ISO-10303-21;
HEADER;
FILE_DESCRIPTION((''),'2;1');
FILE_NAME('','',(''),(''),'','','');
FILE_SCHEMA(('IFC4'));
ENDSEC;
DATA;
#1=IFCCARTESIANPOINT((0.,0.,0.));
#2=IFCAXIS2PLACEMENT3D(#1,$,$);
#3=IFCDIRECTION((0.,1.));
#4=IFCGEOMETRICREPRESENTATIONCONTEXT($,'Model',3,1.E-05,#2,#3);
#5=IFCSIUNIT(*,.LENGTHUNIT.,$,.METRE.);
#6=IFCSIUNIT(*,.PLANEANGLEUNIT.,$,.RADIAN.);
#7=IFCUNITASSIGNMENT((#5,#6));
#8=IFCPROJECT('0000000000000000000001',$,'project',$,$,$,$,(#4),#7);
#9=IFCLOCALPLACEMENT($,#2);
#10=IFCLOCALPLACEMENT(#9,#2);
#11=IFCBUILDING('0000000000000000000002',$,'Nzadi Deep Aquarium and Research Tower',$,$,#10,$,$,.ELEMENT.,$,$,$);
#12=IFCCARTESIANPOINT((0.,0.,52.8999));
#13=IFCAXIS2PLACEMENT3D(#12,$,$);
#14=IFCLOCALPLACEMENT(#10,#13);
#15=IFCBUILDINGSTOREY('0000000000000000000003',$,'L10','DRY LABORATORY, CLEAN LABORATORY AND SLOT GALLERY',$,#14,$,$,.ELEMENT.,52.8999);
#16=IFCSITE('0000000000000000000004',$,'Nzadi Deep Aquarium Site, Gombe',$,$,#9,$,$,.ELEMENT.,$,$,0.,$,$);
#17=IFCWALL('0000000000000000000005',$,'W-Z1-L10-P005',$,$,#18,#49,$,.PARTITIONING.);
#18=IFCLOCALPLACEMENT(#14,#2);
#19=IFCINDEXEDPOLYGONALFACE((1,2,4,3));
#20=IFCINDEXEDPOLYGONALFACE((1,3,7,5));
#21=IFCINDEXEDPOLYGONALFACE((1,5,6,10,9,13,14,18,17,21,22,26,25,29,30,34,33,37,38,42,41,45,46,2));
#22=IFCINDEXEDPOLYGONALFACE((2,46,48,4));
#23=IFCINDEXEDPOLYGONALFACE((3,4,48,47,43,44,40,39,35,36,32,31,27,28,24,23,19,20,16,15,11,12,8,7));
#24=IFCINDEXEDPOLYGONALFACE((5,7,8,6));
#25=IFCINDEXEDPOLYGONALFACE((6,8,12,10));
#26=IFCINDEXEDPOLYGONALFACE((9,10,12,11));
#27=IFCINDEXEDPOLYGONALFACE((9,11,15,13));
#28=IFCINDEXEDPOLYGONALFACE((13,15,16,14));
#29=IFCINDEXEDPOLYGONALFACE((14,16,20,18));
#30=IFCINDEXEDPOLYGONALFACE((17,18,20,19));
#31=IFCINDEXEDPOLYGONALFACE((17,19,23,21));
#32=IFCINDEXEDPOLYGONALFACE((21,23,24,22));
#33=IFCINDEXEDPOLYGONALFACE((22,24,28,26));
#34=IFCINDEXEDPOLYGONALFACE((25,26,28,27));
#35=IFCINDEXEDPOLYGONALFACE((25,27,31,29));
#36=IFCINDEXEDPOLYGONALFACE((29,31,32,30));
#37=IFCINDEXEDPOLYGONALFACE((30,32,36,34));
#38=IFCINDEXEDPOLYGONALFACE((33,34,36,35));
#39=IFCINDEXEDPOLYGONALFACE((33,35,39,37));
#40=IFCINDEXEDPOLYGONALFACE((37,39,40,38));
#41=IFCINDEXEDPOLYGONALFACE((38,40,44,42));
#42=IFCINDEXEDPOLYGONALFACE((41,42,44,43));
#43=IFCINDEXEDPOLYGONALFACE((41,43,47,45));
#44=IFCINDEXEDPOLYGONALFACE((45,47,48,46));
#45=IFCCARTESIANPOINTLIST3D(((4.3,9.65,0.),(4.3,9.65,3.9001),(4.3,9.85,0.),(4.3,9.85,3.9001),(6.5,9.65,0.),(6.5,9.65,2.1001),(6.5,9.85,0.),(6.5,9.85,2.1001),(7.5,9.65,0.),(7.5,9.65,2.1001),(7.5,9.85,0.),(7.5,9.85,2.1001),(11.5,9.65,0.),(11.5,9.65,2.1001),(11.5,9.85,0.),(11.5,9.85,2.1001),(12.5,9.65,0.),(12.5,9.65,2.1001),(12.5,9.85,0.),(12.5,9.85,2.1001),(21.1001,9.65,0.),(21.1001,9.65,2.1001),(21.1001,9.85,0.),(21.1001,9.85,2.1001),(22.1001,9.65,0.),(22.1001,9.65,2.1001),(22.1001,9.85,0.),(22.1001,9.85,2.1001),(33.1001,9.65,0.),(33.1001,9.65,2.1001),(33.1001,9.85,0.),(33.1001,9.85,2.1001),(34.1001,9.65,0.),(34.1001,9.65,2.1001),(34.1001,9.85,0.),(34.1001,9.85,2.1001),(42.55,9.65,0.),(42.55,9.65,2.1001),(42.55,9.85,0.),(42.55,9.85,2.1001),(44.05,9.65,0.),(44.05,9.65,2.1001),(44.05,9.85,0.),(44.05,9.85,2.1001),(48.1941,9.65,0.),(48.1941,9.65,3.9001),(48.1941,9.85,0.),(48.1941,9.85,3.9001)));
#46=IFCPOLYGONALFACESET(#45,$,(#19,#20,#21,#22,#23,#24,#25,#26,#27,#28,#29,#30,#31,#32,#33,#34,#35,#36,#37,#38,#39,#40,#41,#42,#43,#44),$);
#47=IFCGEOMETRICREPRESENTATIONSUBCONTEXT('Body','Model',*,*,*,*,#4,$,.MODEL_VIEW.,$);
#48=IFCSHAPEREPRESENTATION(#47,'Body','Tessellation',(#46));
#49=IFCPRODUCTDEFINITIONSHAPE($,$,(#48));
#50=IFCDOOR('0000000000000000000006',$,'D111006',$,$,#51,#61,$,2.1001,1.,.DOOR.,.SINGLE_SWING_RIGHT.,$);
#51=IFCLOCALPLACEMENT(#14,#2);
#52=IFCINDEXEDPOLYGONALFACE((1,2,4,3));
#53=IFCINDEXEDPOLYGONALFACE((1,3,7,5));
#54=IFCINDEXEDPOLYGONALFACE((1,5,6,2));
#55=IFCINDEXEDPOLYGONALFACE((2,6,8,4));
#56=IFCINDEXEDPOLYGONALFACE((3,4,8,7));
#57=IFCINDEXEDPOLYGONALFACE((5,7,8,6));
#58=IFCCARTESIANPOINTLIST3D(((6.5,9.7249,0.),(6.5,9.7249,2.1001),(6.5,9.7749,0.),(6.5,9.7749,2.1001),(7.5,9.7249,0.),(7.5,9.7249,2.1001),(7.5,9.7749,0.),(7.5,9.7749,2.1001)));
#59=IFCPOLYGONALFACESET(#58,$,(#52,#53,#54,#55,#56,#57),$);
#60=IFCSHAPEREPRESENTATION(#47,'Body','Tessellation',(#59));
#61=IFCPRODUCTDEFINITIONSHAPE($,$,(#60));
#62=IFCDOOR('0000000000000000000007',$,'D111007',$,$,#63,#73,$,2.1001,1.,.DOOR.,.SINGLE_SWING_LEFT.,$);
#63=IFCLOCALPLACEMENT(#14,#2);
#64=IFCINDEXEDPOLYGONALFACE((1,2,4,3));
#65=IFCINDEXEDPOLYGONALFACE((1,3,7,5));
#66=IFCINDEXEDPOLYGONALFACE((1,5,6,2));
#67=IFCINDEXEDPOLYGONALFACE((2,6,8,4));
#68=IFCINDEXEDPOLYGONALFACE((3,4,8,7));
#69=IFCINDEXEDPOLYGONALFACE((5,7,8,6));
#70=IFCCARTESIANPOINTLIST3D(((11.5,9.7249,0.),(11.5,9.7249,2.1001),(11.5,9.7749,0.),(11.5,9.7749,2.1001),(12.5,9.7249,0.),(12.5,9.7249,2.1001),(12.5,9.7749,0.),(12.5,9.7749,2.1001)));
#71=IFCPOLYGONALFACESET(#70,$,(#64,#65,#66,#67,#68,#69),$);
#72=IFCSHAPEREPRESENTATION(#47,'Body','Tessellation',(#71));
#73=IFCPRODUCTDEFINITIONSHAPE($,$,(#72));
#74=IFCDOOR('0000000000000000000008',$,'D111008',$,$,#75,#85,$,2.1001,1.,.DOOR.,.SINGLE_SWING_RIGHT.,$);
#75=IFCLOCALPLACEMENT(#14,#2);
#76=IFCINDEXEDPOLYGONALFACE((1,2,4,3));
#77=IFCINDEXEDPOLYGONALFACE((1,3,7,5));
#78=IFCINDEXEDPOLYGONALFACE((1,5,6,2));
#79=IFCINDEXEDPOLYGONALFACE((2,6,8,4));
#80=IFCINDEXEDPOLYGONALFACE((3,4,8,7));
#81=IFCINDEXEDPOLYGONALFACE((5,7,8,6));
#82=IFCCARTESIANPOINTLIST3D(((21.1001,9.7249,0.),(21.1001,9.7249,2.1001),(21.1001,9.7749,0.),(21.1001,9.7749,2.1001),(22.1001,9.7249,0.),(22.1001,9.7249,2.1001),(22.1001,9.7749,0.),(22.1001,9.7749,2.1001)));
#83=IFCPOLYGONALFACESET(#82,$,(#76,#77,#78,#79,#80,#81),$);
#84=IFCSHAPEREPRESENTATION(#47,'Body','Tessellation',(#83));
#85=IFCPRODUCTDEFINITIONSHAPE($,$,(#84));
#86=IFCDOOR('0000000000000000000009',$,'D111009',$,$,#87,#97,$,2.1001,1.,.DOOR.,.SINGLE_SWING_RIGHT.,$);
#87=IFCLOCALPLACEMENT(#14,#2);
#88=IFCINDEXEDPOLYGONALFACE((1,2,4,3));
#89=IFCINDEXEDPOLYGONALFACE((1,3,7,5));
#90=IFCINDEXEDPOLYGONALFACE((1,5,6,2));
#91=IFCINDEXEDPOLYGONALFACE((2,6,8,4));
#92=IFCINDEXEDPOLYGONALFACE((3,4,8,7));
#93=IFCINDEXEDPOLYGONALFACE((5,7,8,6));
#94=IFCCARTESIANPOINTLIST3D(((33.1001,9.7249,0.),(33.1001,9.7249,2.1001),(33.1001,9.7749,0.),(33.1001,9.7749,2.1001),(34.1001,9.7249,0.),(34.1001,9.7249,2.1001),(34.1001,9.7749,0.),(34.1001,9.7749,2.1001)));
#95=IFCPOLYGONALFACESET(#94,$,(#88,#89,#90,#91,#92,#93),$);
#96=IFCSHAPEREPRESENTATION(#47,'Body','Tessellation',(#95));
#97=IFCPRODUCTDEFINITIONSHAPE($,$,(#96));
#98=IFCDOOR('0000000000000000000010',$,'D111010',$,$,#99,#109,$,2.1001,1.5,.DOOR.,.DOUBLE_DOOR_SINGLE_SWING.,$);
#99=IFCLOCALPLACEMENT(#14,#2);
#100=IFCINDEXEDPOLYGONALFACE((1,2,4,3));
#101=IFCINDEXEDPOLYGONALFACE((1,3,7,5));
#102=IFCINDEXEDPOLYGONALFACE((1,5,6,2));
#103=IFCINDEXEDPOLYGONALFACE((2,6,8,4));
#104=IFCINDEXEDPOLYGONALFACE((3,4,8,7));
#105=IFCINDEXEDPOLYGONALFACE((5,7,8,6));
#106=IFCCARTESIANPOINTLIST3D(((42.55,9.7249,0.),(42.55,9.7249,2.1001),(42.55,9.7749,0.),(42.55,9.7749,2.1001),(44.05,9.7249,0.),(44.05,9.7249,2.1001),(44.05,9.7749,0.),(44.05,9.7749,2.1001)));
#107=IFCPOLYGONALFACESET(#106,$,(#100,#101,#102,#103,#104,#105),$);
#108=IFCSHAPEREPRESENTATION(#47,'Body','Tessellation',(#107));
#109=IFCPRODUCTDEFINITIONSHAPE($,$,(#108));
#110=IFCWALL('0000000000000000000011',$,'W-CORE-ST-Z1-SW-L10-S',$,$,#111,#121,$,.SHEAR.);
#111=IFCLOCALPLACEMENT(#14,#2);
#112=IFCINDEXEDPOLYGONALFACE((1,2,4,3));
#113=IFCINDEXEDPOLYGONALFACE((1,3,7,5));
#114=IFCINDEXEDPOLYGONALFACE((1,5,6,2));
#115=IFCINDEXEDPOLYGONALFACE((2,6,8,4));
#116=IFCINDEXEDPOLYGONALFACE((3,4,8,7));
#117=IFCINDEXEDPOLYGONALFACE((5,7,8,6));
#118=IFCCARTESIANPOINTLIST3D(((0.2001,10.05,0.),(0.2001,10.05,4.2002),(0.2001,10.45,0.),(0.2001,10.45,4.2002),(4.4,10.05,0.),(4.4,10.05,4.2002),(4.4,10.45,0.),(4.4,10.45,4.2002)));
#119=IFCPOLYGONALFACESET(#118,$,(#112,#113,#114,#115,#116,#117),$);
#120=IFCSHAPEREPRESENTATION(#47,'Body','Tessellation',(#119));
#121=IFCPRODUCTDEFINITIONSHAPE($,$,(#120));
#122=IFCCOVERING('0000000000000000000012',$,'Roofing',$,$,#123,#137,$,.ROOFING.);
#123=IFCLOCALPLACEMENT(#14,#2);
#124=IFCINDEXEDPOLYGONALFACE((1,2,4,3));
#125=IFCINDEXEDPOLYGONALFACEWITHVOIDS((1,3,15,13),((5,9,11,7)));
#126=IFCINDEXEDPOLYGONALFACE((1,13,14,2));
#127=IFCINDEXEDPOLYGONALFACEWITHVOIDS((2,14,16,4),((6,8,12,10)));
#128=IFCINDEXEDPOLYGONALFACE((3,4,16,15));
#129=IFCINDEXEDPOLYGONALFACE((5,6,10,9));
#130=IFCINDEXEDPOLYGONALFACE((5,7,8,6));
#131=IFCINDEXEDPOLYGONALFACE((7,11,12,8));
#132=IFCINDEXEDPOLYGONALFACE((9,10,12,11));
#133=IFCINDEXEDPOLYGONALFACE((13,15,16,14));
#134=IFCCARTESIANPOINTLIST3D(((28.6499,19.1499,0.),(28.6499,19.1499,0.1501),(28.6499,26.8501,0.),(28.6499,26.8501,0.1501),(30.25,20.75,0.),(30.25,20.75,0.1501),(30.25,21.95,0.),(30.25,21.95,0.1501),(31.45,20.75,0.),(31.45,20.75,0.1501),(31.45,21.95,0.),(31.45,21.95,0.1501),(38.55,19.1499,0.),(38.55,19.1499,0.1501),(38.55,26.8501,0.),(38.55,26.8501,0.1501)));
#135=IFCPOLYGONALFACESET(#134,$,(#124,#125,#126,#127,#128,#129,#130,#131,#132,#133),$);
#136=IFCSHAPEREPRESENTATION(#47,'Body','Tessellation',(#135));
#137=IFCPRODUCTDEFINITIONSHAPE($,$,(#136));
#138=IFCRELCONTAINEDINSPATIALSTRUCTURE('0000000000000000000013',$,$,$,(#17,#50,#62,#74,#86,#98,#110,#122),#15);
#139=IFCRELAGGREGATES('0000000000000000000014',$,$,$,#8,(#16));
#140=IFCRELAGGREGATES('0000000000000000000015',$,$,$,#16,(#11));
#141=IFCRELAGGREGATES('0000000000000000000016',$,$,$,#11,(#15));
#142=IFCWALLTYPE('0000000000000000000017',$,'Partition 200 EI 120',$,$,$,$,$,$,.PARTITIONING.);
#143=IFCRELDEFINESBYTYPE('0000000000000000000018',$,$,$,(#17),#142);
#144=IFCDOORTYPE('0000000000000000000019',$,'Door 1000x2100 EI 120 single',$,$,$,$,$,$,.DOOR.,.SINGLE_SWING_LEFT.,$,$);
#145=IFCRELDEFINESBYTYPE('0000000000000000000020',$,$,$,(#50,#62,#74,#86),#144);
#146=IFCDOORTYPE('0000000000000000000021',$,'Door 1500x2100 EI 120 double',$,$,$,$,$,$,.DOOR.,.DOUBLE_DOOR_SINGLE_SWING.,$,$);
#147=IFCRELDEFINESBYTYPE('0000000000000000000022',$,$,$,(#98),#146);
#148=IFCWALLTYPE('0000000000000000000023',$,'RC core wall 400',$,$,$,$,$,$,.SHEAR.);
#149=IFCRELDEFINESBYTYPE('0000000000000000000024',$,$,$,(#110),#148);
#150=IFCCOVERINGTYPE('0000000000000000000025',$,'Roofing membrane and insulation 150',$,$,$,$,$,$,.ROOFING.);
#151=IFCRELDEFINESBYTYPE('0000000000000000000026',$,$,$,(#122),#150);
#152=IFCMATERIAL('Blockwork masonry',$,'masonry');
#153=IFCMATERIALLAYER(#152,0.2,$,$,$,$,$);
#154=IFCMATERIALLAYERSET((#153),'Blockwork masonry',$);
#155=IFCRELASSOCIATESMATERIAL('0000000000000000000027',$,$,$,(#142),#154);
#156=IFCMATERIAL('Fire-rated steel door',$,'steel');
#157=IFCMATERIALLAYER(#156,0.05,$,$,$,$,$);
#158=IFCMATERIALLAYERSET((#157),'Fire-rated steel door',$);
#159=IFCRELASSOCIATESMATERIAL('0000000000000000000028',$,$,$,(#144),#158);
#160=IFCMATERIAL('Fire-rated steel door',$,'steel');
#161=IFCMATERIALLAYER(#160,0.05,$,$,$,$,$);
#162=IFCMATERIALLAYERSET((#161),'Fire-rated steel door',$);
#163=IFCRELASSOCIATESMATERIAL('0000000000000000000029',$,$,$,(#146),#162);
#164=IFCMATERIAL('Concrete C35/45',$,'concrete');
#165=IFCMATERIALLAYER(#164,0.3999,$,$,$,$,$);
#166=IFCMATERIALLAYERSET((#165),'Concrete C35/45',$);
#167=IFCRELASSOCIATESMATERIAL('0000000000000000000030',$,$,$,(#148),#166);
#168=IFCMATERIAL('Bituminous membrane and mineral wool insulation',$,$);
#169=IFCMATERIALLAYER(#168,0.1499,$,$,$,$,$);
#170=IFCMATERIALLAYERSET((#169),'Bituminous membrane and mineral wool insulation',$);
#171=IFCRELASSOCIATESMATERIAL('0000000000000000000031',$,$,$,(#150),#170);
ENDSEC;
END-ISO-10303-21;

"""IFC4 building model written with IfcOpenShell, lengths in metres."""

from ifc_helpers import new_model, si_unit, direction, frame, frame_2d, origin, place, context, subcontext, project, spatial, polyline, rectangle, outline, extrude, material, layer, layer_set, type_object, element, fill, save


model = new_model("IFC4")

# Units and contexts
model_context = context("Model", 3, precision=1e-05, world=origin(), true_north=direction((0.0, 1.0)))
body_context = subcontext(model_context, "Body", "Model", "MODEL_VIEW")
ifc_project = project(units=[si_unit("LENGTHUNIT", "METRE"), si_unit("PLANEANGLEUNIT", "RADIAN")], contexts=[model_context])

# Site, building, storey
site_placement = place(None, origin())
site = spatial("IfcSite", under=ifc_project, at=site_placement, Name="Nzadi Deep Aquarium Site, Gombe", CompositionType="ELEMENT", RefElevation=0.0)
building_placement = place(site_placement, origin())
building = spatial("IfcBuilding", under=site, at=building_placement, Name="Nzadi Deep Aquarium and Research Tower", CompositionType="ELEMENT")
storey_placement = place(building_placement, frame((0.0, 0.0, 52.8999)))
storey = spatial("IfcBuildingStorey", under=building, at=storey_placement, Name="L10", Description="DRY LABORATORY, CLEAN LABORATORY AND SLOT GALLERY", CompositionType="ELEMENT", Elevation=52.8999)

# Wall, openings, doors
ifc_material_1 = material(Name="Blockwork masonry", Category="masonry")
ifc_layer_1 = layer(ifc_material_1, 0.2)
ifc_layer_set_1 = layer_set([ifc_layer_1], Name="Blockwork masonry")
wall_type_1 = type_object("IfcWallType", Name="Partition 200 EI 120", PredefinedType="PARTITIONING", material=ifc_layer_set_1)
wall_1_placement = place(storey_placement, frame((4.3, 9.75, 0.0), z_axis=(0.0, 0.0, 1.0), x_axis=(1.0, 0.0, 0.0)))
wall_1 = element("IfcWall", 1, at=wall_1_placement, inside=storey, type_object=wall_type_1, Name="W-Z1-L10-P005", PredefinedType="PARTITIONING", context=body_context, shape_type="SweptSolid", body=[
    extrude(rectangle(XDim=43.894, YDim=0.2, at=frame_2d((21.947, 0.0))), origin(), (0.0, 0.0, 1.0), 3.9001),
])
opening_1_placement = place(wall_1_placement, frame((2.2, 0.0, 0.0)))
opening_1 = element("IfcOpeningElement", 2, at=opening_1_placement, cuts=wall_1, PredefinedType="OPENING", context=body_context, shape_type="SweptSolid", body=[
    extrude(rectangle(XDim=1.0, YDim=2.1001, at=frame_2d((0.5, 1.05))), frame((0.0, 0.1101, 0.0), z_axis=(0.0, -1.0, 0.0), x_axis=(1.0, 0.0, 0.0)), (0.0, 0.0, 1.0), 0.2202),
])
opening_2_placement = place(wall_1_placement, frame((7.2, 0.0, 0.0)))
opening_2 = element("IfcOpeningElement", 3, at=opening_2_placement, cuts=wall_1, PredefinedType="OPENING", context=body_context, shape_type="SweptSolid", body=[
    extrude(rectangle(XDim=1.0, YDim=2.1001, at=frame_2d((0.5, 1.05))), frame((0.0, 0.1101, 0.0), z_axis=(0.0, -1.0, 0.0), x_axis=(1.0, 0.0, 0.0)), (0.0, 0.0, 1.0), 0.2202),
])
opening_3_placement = place(wall_1_placement, frame((16.8, 0.0, 0.0)))
opening_3 = element("IfcOpeningElement", 4, at=opening_3_placement, cuts=wall_1, PredefinedType="OPENING", context=body_context, shape_type="SweptSolid", body=[
    extrude(rectangle(XDim=1.0, YDim=2.1001, at=frame_2d((0.5, 1.05))), frame((0.0, 0.1101, 0.0), z_axis=(0.0, -1.0, 0.0), x_axis=(1.0, 0.0, 0.0)), (0.0, 0.0, 1.0), 0.2202),
])
opening_4_placement = place(wall_1_placement, frame((28.8, 0.0, 0.0)))
opening_4 = element("IfcOpeningElement", 5, at=opening_4_placement, cuts=wall_1, PredefinedType="OPENING", context=body_context, shape_type="SweptSolid", body=[
    extrude(rectangle(XDim=1.0, YDim=2.1001, at=frame_2d((0.5, 1.05))), frame((0.0, 0.1101, 0.0), z_axis=(0.0, -1.0, 0.0), x_axis=(1.0, 0.0, 0.0)), (0.0, 0.0, 1.0), 0.2202),
])
opening_5_placement = place(wall_1_placement, frame((38.25, 0.0, 0.0)))
opening_5 = element("IfcOpeningElement", 6, at=opening_5_placement, cuts=wall_1, PredefinedType="OPENING", context=body_context, shape_type="SweptSolid", body=[
    extrude(rectangle(XDim=1.5, YDim=2.1001, at=frame_2d((0.75, 1.05))), frame((0.0, 0.1101, 0.0), z_axis=(0.0, -1.0, 0.0), x_axis=(1.0, 0.0, 0.0)), (0.0, 0.0, 1.0), 0.2202),
])
ifc_material_2 = material(Name="Fire-rated steel door", Category="steel")
ifc_layer_2 = layer(ifc_material_2, 0.05)
ifc_layer_set_2 = layer_set([ifc_layer_2], Name="Fire-rated steel door")
door_type_1 = type_object("IfcDoorType", Name="Door 1000x2100 EI 120 single", OperationType="SINGLE_SWING_LEFT", PredefinedType="DOOR", material=ifc_layer_set_2)
door_1_placement = place(opening_1_placement, origin())
door_1 = element("IfcDoor", 7, at=door_1_placement, inside=storey, type_object=door_type_1, Name="D111006", OperationType="SINGLE_SWING_RIGHT", OverallHeight=2.1001, OverallWidth=1.0, PredefinedType="DOOR", context=body_context, shape_type="SweptSolid", body=[
    extrude(rectangle(XDim=1.0, YDim=2.1001, at=frame_2d((0.5, 1.05))), frame((0.0, 0.0249, 0.0), z_axis=(0.0, -1.0, 0.0), x_axis=(1.0, 0.0, 0.0)), (0.0, 0.0, 1.0), 0.05),
])
fill(opening_1, door_1)
door_2_placement = place(opening_2_placement, origin())
door_2 = element("IfcDoor", 8, at=door_2_placement, inside=storey, type_object=door_type_1, Name="D111007", OperationType="SINGLE_SWING_LEFT", OverallHeight=2.1001, OverallWidth=1.0, PredefinedType="DOOR", context=body_context, shape_type="SweptSolid", body=[
    extrude(rectangle(XDim=1.0, YDim=2.1001, at=frame_2d((0.5, 1.05))), frame((0.0, 0.0249, 0.0), z_axis=(0.0, -1.0, 0.0), x_axis=(1.0, 0.0, 0.0)), (0.0, 0.0, 1.0), 0.05),
])
fill(opening_2, door_2)
door_3_placement = place(opening_3_placement, origin())
door_3 = element("IfcDoor", 9, at=door_3_placement, inside=storey, type_object=door_type_1, Name="D111008", OperationType="SINGLE_SWING_RIGHT", OverallHeight=2.1001, OverallWidth=1.0, PredefinedType="DOOR", context=body_context, shape_type="SweptSolid", body=[
    extrude(rectangle(XDim=1.0, YDim=2.1001, at=frame_2d((0.5, 1.05))), frame((0.0, 0.0249, 0.0), z_axis=(0.0, -1.0, 0.0), x_axis=(1.0, 0.0, 0.0)), (0.0, 0.0, 1.0), 0.05),
])
fill(opening_3, door_3)
door_4_placement = place(opening_4_placement, origin())
door_4 = element("IfcDoor", 10, at=door_4_placement, inside=storey, type_object=door_type_1, Name="D111009", OperationType="SINGLE_SWING_RIGHT", OverallHeight=2.1001, OverallWidth=1.0, PredefinedType="DOOR", context=body_context, shape_type="SweptSolid", body=[
    extrude(rectangle(XDim=1.0, YDim=2.1001, at=frame_2d((0.5, 1.05))), frame((0.0, 0.0249, 0.0), z_axis=(0.0, -1.0, 0.0), x_axis=(1.0, 0.0, 0.0)), (0.0, 0.0, 1.0), 0.05),
])
fill(opening_4, door_4)
ifc_material_3 = material(Name="Fire-rated steel door", Category="steel")
ifc_layer_3 = layer(ifc_material_3, 0.05)
ifc_layer_set_3 = layer_set([ifc_layer_3], Name="Fire-rated steel door")
door_type_2 = type_object("IfcDoorType", Name="Door 1500x2100 EI 120 double", OperationType="DOUBLE_DOOR_SINGLE_SWING", PredefinedType="DOOR", material=ifc_layer_set_3)
door_5_placement = place(opening_5_placement, origin())
door_5 = element("IfcDoor", 11, at=door_5_placement, inside=storey, type_object=door_type_2, Name="D111010", OperationType="DOUBLE_DOOR_SINGLE_SWING", OverallHeight=2.1001, OverallWidth=1.5, PredefinedType="DOOR", context=body_context, shape_type="SweptSolid", body=[
    extrude(rectangle(XDim=1.5, YDim=2.1001, at=frame_2d((0.75, 1.05))), frame((0.0, 0.0249, 0.0), z_axis=(0.0, -1.0, 0.0), x_axis=(1.0, 0.0, 0.0)), (0.0, 0.0, 1.0), 0.05),
])
fill(opening_5, door_5)

# Wall
ifc_material_4 = material(Name="Concrete C35/45", Category="concrete")
ifc_layer_4 = layer(ifc_material_4, 0.3999)
ifc_layer_set_4 = layer_set([ifc_layer_4], Name="Concrete C35/45")
wall_type_2 = type_object("IfcWallType", Name="RC core wall 400", PredefinedType="SHEAR", material=ifc_layer_set_4)
wall_2_placement = place(storey_placement, frame((0.2, 10.25, 0.0), z_axis=(0.0, 0.0, 1.0), x_axis=(1.0, 0.0, 0.0)))
element("IfcWall", 12, at=wall_2_placement, inside=storey, type_object=wall_type_2, Name="W-CORE-ST-Z1-SW-L10-S", PredefinedType="SHEAR", context=body_context, shape_type="SweptSolid", body=[
    extrude(rectangle(XDim=4.2, YDim=0.3999, at=frame_2d((2.1001, 0.0))), origin(), (0.0, 0.0, 1.0), 4.2002),
])

# Covering
ifc_material_5 = material(Name="Bituminous membrane and mineral wool insulation")
ifc_layer_5 = layer(ifc_material_5, 0.1499)
ifc_layer_set_5 = layer_set([ifc_layer_5], Name="Bituminous membrane and mineral wool insulation")
covering_type = type_object("IfcCoveringType", Name="Roofing membrane and insulation 150", PredefinedType="ROOFING", material=ifc_layer_set_5)
covering_placement = place(storey_placement, origin())
element("IfcCovering", 13, at=covering_placement, inside=storey, type_object=covering_type, Name="Roofing", PredefinedType="ROOFING", context=body_context, shape_type="SweptSolid", body=[
    extrude(outline(polyline([(28.6499, 19.1499), (28.6499, 26.8501), (38.55, 26.8501), (38.55, 19.1499), (28.6499, 19.1499)]), holes=[polyline([(31.45, 21.95), (30.25, 21.95), (30.25, 20.75), (31.45, 20.75), (31.45, 21.95)])]), origin(), (0.0, 0.0, 1.0), 0.1501),
])

save(model, "model.ifc")
